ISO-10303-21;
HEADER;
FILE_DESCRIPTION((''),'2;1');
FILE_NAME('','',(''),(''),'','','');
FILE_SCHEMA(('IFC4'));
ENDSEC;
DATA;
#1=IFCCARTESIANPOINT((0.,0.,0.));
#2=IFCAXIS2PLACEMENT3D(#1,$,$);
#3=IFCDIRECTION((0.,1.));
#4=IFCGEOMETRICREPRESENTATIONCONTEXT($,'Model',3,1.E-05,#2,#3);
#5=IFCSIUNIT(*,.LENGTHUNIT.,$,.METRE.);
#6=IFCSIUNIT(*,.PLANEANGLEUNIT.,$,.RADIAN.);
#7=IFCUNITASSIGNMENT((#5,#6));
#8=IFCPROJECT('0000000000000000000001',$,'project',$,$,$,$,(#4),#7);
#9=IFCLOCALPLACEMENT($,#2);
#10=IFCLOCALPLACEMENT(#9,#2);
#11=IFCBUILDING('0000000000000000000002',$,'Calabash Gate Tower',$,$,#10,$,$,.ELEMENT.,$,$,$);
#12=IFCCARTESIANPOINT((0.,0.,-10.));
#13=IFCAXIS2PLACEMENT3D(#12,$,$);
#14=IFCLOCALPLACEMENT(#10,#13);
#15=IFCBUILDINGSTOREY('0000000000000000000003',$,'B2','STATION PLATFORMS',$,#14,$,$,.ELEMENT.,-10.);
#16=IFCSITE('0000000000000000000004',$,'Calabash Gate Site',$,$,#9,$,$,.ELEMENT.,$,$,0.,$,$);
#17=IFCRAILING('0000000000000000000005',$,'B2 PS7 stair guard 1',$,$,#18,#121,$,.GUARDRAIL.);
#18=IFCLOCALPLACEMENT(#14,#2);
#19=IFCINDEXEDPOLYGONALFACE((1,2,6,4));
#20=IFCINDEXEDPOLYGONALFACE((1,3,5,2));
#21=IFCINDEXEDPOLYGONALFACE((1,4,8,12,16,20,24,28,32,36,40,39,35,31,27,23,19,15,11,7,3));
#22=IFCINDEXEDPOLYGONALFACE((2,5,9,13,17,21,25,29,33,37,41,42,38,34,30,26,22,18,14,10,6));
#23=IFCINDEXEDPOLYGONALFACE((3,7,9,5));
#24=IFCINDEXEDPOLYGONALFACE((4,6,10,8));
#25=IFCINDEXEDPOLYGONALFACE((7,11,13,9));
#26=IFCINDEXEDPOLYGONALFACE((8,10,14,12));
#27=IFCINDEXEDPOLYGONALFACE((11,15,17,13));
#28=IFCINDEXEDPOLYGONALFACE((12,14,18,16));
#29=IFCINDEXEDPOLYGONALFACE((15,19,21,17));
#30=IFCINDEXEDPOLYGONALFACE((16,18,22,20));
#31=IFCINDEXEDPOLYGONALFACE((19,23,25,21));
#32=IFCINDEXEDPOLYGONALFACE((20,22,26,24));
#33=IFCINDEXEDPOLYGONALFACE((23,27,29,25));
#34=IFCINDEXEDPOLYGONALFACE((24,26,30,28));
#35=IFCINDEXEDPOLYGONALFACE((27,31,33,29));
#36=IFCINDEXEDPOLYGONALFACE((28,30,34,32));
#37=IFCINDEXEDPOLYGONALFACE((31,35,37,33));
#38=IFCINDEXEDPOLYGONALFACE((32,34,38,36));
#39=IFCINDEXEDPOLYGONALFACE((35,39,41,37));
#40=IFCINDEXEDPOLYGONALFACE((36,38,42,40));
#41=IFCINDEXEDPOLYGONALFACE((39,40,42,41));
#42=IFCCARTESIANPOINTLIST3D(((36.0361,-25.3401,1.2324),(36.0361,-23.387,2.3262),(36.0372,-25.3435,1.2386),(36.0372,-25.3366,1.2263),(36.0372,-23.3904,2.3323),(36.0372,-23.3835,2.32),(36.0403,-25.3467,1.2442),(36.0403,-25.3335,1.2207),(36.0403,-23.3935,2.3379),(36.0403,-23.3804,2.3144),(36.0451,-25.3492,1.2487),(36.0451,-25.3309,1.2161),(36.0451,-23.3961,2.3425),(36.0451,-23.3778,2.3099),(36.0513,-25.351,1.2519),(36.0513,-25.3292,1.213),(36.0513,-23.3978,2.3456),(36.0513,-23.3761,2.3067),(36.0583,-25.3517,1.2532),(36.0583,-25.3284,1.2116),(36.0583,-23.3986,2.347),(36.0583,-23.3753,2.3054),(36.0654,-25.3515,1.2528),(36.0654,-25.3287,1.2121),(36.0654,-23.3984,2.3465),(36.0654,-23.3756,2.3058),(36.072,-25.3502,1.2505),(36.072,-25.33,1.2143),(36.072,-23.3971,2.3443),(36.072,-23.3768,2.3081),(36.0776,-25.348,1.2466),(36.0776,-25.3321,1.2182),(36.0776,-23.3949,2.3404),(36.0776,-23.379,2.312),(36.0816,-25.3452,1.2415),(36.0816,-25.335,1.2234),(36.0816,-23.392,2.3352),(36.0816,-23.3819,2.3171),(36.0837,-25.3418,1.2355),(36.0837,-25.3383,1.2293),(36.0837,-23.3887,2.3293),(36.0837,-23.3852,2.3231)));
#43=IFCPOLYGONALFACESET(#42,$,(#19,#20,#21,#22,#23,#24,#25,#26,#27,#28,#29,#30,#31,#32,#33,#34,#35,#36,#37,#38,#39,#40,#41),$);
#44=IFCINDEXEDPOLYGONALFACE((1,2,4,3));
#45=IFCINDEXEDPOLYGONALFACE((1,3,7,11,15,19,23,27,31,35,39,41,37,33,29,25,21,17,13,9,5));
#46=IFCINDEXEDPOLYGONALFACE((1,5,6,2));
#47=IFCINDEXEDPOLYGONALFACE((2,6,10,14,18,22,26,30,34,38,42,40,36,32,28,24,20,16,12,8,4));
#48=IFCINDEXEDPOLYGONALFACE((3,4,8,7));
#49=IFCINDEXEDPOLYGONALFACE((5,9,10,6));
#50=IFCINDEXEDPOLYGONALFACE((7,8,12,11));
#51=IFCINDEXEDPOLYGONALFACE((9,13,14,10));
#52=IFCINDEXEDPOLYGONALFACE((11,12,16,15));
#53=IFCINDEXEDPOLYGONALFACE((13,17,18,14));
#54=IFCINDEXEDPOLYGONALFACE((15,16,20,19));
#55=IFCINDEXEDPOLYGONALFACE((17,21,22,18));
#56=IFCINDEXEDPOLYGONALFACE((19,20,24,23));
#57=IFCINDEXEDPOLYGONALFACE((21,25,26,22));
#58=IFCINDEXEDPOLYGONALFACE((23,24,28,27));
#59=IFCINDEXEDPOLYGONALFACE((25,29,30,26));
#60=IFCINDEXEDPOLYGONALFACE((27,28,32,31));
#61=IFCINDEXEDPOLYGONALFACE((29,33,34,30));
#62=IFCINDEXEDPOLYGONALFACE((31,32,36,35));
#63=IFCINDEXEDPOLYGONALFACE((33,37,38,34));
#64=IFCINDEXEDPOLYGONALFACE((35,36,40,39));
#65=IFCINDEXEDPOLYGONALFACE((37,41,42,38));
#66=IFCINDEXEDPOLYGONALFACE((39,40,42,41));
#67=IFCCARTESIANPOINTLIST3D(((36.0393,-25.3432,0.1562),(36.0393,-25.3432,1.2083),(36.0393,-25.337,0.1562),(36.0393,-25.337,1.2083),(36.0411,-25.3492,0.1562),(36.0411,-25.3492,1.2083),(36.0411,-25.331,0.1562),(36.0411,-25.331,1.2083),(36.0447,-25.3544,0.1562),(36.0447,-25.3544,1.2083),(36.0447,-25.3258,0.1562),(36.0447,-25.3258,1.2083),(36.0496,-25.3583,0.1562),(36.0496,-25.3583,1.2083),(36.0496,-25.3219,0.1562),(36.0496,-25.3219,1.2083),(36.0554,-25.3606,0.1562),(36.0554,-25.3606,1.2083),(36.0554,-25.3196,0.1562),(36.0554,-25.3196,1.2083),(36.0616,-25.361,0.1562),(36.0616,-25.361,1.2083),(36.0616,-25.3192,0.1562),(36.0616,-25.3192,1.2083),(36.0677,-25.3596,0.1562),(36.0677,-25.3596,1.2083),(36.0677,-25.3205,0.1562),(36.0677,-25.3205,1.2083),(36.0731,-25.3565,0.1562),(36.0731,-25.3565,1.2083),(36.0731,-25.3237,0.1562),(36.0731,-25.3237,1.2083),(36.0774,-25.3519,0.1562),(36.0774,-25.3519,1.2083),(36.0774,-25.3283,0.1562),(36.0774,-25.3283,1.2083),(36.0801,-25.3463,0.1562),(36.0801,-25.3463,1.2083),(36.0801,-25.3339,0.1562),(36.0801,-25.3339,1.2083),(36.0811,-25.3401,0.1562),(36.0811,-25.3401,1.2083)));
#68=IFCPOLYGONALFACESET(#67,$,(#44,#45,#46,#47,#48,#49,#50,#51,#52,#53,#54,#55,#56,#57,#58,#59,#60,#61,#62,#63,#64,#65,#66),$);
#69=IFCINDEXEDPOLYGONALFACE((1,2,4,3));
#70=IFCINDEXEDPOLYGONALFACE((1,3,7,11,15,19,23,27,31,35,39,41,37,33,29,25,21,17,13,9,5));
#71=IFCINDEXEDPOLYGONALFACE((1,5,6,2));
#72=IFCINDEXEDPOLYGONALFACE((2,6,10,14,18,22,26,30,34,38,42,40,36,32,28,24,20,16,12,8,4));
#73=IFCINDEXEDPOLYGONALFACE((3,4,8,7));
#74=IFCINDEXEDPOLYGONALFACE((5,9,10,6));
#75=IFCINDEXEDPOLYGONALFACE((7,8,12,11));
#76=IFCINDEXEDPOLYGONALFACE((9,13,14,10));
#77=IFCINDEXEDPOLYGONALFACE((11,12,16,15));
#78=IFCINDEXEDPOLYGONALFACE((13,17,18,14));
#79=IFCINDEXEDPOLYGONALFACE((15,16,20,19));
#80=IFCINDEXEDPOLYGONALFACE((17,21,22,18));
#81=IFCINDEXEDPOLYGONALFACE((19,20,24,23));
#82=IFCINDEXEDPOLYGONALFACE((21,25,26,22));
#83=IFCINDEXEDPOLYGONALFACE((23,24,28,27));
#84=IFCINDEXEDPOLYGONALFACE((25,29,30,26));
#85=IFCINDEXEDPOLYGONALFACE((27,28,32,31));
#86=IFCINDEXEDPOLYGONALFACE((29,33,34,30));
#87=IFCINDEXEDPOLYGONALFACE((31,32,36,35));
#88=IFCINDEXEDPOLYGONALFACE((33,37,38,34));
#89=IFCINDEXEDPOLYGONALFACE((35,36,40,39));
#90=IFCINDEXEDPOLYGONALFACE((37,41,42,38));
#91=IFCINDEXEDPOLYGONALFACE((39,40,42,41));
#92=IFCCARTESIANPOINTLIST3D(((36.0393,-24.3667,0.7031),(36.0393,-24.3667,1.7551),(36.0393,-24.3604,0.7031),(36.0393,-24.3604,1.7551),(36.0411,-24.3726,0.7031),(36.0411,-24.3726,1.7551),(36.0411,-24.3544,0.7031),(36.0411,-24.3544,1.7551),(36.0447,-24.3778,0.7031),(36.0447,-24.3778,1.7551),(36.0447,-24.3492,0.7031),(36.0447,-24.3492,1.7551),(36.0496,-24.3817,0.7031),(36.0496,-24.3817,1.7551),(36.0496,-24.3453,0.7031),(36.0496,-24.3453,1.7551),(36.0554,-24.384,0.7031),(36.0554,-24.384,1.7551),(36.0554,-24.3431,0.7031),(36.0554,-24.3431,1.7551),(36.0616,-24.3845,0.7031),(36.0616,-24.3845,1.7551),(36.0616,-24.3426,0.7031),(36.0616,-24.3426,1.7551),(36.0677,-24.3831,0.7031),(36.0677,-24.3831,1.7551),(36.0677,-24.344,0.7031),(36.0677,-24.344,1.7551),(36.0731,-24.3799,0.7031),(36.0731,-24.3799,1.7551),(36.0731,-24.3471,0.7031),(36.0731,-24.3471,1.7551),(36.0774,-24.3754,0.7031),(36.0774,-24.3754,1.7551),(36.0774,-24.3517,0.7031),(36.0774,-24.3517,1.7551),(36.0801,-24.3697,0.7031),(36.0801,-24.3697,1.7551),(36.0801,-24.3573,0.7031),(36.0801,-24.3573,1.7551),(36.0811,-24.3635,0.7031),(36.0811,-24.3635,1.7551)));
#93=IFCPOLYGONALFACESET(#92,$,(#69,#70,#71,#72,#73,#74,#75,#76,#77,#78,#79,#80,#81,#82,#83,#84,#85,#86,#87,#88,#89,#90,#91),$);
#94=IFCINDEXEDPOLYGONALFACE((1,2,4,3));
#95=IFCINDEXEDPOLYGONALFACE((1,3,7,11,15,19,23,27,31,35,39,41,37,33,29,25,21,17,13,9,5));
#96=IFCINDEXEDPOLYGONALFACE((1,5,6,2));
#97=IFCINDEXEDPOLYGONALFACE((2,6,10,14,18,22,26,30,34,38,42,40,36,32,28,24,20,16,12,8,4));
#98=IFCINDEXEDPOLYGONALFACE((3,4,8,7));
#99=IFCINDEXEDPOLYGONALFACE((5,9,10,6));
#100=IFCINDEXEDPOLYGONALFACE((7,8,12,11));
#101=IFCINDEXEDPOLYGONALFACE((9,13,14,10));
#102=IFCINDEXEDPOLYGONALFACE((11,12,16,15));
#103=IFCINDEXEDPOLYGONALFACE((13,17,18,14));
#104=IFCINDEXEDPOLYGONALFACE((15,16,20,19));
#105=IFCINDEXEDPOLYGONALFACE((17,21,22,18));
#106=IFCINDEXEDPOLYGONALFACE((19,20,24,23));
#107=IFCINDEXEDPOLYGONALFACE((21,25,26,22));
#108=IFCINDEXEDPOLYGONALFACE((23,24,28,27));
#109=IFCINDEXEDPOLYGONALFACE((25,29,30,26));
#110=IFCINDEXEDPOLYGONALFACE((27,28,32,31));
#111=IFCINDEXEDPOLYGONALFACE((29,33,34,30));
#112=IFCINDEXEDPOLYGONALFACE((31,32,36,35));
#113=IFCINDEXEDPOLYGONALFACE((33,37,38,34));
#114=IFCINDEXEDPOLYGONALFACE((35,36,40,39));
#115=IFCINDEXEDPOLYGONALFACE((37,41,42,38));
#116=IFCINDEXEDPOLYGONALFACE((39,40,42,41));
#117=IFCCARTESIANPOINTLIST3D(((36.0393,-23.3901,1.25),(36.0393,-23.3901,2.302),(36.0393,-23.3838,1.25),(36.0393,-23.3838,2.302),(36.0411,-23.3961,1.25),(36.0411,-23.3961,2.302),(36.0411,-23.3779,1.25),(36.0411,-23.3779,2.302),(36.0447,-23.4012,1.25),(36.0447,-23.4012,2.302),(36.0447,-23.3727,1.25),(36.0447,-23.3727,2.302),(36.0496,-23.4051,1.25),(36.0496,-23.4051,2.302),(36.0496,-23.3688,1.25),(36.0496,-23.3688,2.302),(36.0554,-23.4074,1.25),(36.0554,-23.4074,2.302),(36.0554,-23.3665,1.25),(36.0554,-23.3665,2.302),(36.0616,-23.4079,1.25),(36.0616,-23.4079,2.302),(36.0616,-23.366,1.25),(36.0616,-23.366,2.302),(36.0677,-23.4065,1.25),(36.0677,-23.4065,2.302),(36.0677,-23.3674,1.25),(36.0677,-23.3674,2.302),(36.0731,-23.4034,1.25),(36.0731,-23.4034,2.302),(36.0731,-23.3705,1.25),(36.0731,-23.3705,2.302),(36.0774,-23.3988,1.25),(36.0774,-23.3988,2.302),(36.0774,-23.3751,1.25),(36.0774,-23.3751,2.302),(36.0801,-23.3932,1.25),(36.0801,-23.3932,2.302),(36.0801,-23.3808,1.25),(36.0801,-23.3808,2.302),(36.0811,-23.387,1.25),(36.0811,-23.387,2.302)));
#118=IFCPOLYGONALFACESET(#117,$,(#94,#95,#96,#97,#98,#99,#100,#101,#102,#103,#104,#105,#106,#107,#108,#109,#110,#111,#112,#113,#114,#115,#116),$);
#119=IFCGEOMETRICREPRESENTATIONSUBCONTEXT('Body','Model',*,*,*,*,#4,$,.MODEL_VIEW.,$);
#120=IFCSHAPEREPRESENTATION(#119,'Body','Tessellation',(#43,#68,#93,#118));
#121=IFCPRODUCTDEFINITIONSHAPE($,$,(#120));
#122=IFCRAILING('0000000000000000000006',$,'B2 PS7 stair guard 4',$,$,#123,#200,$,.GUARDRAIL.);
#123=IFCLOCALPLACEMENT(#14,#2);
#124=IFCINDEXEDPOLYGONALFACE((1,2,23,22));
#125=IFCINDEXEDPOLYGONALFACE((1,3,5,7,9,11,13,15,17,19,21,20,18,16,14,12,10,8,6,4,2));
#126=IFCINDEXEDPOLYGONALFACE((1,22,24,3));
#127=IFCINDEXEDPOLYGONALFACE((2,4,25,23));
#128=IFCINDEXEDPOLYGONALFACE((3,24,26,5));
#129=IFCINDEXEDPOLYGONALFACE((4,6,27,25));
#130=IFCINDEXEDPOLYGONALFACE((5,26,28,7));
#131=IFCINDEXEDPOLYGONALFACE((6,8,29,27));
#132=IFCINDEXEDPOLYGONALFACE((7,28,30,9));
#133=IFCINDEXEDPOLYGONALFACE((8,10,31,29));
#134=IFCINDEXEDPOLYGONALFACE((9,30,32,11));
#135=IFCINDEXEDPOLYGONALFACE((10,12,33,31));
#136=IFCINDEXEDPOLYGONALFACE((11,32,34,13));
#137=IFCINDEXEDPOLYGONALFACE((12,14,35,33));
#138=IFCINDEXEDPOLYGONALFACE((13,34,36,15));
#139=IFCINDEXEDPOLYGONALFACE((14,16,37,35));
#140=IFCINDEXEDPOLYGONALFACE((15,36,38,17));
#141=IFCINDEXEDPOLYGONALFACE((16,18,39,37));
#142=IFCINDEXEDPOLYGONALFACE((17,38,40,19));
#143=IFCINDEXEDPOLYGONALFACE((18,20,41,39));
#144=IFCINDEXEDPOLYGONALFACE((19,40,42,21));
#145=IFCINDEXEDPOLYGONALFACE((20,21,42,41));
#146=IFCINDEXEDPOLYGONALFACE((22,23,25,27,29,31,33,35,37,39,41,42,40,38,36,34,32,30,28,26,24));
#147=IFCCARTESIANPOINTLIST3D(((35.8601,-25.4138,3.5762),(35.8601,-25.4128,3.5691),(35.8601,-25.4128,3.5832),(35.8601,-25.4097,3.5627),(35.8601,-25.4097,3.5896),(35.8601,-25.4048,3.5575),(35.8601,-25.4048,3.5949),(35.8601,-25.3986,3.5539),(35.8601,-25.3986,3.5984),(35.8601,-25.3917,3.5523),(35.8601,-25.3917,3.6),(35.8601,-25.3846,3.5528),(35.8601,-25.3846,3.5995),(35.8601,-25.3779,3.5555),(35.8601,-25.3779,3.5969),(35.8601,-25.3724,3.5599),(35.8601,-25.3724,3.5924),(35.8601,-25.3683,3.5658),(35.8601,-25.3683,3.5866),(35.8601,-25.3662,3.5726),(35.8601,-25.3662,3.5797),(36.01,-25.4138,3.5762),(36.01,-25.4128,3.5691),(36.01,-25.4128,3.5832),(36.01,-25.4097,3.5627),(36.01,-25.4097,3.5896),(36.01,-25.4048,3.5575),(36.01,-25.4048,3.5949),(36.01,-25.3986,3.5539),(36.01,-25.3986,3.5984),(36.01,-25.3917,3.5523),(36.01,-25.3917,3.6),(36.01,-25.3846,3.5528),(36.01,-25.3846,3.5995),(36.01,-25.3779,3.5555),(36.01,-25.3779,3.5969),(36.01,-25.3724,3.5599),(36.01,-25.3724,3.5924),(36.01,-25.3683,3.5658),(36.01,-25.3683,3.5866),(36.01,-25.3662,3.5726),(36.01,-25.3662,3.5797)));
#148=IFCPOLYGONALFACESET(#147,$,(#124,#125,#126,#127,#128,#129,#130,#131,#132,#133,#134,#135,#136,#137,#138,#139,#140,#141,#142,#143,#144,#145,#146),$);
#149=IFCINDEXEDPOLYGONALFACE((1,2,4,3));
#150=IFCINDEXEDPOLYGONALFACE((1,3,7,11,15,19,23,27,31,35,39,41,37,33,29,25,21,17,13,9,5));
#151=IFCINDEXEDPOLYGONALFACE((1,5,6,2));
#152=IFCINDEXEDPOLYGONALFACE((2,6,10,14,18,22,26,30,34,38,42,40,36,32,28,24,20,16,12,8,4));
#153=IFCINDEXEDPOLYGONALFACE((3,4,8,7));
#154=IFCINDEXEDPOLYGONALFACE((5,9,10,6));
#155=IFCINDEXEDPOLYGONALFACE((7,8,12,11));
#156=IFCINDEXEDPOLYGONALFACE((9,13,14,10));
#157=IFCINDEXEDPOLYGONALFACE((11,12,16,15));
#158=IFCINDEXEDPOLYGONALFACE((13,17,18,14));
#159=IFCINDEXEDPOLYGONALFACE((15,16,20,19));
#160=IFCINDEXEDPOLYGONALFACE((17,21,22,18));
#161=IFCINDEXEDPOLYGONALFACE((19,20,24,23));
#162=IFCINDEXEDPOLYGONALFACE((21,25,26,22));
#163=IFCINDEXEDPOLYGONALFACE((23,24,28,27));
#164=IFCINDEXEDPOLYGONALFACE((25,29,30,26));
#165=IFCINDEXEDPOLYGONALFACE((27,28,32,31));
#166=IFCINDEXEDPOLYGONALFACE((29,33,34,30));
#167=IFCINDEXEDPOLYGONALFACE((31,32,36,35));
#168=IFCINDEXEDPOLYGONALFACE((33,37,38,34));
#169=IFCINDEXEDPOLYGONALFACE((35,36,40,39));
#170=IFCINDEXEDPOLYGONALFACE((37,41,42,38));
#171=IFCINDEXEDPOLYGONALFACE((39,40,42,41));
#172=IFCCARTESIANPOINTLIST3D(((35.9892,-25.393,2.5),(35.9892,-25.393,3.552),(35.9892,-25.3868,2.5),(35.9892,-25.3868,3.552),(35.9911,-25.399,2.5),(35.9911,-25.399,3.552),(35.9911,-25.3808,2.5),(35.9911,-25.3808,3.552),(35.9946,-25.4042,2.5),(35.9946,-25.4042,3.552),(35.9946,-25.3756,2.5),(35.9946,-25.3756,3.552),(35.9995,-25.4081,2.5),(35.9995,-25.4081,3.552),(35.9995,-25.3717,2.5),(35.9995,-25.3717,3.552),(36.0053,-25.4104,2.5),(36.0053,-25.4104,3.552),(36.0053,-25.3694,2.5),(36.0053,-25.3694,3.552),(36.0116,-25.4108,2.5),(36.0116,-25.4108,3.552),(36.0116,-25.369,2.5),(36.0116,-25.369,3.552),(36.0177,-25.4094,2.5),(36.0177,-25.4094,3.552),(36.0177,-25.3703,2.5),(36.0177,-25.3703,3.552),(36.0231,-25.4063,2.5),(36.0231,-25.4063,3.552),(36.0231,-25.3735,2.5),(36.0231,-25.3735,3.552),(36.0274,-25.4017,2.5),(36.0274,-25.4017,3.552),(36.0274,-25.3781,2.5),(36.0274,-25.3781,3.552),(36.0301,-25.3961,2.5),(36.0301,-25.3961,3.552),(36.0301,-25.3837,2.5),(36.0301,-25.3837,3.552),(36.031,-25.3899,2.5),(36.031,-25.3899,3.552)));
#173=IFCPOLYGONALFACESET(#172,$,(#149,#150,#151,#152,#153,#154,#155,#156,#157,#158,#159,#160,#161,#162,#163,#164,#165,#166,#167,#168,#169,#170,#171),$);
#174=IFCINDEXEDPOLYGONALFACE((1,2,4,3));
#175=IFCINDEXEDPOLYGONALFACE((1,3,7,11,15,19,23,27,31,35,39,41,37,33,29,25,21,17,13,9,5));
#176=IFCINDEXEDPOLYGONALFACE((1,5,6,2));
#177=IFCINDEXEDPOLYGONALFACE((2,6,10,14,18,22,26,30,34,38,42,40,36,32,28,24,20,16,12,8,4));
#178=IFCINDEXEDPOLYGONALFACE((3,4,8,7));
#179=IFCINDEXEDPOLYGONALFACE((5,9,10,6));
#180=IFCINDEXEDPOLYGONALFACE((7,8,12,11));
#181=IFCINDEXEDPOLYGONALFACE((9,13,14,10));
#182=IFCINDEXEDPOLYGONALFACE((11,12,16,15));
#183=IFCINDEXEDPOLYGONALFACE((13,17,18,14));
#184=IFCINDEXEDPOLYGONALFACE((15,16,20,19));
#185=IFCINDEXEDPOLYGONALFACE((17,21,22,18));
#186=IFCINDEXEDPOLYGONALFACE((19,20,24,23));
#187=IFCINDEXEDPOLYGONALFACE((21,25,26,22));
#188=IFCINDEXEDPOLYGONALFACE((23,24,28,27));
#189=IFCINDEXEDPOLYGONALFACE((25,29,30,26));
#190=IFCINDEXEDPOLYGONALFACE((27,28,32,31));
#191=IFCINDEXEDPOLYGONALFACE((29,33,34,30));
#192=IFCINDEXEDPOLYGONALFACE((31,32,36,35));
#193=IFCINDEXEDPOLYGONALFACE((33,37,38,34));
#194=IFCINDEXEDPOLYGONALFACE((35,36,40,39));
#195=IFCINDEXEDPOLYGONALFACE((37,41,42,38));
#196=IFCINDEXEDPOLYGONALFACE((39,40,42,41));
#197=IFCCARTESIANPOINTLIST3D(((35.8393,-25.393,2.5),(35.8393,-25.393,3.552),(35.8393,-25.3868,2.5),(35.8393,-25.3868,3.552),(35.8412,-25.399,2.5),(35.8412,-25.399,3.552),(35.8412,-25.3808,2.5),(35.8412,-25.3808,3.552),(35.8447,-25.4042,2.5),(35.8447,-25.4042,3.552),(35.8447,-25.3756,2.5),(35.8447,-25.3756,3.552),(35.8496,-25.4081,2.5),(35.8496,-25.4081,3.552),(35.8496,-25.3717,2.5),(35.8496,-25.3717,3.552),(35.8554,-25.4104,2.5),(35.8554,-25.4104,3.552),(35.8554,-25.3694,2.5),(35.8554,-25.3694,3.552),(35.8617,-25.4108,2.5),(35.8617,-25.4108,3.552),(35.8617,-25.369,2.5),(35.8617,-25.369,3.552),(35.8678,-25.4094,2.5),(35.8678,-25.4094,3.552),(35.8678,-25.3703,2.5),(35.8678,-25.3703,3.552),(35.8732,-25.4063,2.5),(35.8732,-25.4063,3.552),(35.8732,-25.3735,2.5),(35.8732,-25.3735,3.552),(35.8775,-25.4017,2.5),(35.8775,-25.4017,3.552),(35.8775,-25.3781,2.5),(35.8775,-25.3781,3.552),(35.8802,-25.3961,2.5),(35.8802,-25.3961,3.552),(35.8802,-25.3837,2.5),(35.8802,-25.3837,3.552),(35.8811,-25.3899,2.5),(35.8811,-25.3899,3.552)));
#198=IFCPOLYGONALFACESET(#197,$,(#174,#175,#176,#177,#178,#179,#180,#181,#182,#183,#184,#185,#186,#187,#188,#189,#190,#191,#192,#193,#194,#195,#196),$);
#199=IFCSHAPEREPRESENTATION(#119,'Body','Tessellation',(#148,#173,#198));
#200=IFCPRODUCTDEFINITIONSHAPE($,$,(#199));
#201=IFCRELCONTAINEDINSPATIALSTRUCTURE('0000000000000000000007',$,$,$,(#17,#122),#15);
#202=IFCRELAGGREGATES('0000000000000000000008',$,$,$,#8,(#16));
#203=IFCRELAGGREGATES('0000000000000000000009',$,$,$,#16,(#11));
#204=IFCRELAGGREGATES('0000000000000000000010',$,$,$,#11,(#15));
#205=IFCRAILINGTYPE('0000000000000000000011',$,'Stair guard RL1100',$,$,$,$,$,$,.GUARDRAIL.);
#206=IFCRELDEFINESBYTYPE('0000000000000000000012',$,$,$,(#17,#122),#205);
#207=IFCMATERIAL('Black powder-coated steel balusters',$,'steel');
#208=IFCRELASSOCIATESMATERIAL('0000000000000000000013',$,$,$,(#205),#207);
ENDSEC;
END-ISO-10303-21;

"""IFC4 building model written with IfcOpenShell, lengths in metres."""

from ifc_helpers import new_model, si_unit, direction, frame, origin, origin_2d, place, context, subcontext, project, spatial, circle, extrude, material, type_object, element, save


model = new_model("IFC4")

# Units and contexts
model_context = context("Model", 3, precision=1e-05, world=origin(), true_north=direction((0.0, 1.0)))
body_context = subcontext(model_context, "Body", "Model", "MODEL_VIEW")
ifc_project = project(units=[si_unit("LENGTHUNIT", "METRE"), si_unit("PLANEANGLEUNIT", "RADIAN")], contexts=[model_context])

# Site, building, storey
site_placement = place(None, origin())
site = spatial("IfcSite", under=ifc_project, at=site_placement, Name="Calabash Gate Site", CompositionType="ELEMENT", RefElevation=0.0)
building_placement = place(site_placement, origin())
building = spatial("IfcBuilding", under=site, at=building_placement, Name="Calabash Gate Tower", CompositionType="ELEMENT")
storey_placement = place(building_placement, frame((0.0, 0.0, -10.0)))
storey = spatial("IfcBuildingStorey", under=building, at=storey_placement, Name="B2", Description="STATION PLATFORMS", CompositionType="ELEMENT", Elevation=-10.0)

# Railings
ifc_material_1 = material(Name="Black powder-coated steel balusters", Category="steel")
railing_type_1 = type_object("IfcRailingType", Name="Stair guard RL1100", PredefinedType="GUARDRAIL", material=ifc_material_1)
railing_1_placement = place(storey_placement, frame((36.0601, -25.3401, 0.1562)))
element("IfcRailing", 1, at=railing_1_placement, inside=storey, type_object=railing_type_1, Name="B2 PS7 stair guard 1", PredefinedType="GUARDRAIL", context=body_context, shape_type="SweptSolid", body=[
    extrude(circle(Radius=0.0239, at=origin_2d()), frame((0.0, 0.0, 1.0762), z_axis=(0.0, 0.872506, 0.488603), x_axis=(-1.0, 0.0, 0.0)), (0.0, 0.0, 1.0), 2.2385),
    extrude(circle(Radius=0.021, at=origin_2d()), origin(), (0.0, 0.0, 1.0), 1.052),
    extrude(circle(Radius=0.021, at=origin_2d()), frame((0.0, 0.9766, 0.5469)), (0.0, 0.0, 1.0), 1.052),
    extrude(circle(Radius=0.021, at=origin_2d()), frame((0.0, 1.9531, 1.0938)), (0.0, 0.0, 1.0), 1.052),
])
railing_2_placement = place(storey_placement, frame((36.01, -25.3899, 2.5)))
element("IfcRailing", 2, at=railing_2_placement, inside=storey, type_object=railing_type_1, Name="B2 PS7 stair guard 4", PredefinedType="GUARDRAIL", context=body_context, shape_type="SweptSolid", body=[
    extrude(circle(Radius=0.0239, at=origin_2d()), frame((0.0, 0.0, 1.0762), z_axis=(-1.0, 0.0, 0.0), x_axis=(0.0, -1.0, 0.0)), (0.0, 0.0, 1.0), 0.1499),
    extrude(circle(Radius=0.021, at=origin_2d()), origin(), (0.0, 0.0, 1.0), 1.052),
    extrude(circle(Radius=0.021, at=origin_2d()), frame((-0.1499, 0.0, 0.0)), (0.0, 0.0, 1.0), 1.052),
])

save(model, "model.ifc")
